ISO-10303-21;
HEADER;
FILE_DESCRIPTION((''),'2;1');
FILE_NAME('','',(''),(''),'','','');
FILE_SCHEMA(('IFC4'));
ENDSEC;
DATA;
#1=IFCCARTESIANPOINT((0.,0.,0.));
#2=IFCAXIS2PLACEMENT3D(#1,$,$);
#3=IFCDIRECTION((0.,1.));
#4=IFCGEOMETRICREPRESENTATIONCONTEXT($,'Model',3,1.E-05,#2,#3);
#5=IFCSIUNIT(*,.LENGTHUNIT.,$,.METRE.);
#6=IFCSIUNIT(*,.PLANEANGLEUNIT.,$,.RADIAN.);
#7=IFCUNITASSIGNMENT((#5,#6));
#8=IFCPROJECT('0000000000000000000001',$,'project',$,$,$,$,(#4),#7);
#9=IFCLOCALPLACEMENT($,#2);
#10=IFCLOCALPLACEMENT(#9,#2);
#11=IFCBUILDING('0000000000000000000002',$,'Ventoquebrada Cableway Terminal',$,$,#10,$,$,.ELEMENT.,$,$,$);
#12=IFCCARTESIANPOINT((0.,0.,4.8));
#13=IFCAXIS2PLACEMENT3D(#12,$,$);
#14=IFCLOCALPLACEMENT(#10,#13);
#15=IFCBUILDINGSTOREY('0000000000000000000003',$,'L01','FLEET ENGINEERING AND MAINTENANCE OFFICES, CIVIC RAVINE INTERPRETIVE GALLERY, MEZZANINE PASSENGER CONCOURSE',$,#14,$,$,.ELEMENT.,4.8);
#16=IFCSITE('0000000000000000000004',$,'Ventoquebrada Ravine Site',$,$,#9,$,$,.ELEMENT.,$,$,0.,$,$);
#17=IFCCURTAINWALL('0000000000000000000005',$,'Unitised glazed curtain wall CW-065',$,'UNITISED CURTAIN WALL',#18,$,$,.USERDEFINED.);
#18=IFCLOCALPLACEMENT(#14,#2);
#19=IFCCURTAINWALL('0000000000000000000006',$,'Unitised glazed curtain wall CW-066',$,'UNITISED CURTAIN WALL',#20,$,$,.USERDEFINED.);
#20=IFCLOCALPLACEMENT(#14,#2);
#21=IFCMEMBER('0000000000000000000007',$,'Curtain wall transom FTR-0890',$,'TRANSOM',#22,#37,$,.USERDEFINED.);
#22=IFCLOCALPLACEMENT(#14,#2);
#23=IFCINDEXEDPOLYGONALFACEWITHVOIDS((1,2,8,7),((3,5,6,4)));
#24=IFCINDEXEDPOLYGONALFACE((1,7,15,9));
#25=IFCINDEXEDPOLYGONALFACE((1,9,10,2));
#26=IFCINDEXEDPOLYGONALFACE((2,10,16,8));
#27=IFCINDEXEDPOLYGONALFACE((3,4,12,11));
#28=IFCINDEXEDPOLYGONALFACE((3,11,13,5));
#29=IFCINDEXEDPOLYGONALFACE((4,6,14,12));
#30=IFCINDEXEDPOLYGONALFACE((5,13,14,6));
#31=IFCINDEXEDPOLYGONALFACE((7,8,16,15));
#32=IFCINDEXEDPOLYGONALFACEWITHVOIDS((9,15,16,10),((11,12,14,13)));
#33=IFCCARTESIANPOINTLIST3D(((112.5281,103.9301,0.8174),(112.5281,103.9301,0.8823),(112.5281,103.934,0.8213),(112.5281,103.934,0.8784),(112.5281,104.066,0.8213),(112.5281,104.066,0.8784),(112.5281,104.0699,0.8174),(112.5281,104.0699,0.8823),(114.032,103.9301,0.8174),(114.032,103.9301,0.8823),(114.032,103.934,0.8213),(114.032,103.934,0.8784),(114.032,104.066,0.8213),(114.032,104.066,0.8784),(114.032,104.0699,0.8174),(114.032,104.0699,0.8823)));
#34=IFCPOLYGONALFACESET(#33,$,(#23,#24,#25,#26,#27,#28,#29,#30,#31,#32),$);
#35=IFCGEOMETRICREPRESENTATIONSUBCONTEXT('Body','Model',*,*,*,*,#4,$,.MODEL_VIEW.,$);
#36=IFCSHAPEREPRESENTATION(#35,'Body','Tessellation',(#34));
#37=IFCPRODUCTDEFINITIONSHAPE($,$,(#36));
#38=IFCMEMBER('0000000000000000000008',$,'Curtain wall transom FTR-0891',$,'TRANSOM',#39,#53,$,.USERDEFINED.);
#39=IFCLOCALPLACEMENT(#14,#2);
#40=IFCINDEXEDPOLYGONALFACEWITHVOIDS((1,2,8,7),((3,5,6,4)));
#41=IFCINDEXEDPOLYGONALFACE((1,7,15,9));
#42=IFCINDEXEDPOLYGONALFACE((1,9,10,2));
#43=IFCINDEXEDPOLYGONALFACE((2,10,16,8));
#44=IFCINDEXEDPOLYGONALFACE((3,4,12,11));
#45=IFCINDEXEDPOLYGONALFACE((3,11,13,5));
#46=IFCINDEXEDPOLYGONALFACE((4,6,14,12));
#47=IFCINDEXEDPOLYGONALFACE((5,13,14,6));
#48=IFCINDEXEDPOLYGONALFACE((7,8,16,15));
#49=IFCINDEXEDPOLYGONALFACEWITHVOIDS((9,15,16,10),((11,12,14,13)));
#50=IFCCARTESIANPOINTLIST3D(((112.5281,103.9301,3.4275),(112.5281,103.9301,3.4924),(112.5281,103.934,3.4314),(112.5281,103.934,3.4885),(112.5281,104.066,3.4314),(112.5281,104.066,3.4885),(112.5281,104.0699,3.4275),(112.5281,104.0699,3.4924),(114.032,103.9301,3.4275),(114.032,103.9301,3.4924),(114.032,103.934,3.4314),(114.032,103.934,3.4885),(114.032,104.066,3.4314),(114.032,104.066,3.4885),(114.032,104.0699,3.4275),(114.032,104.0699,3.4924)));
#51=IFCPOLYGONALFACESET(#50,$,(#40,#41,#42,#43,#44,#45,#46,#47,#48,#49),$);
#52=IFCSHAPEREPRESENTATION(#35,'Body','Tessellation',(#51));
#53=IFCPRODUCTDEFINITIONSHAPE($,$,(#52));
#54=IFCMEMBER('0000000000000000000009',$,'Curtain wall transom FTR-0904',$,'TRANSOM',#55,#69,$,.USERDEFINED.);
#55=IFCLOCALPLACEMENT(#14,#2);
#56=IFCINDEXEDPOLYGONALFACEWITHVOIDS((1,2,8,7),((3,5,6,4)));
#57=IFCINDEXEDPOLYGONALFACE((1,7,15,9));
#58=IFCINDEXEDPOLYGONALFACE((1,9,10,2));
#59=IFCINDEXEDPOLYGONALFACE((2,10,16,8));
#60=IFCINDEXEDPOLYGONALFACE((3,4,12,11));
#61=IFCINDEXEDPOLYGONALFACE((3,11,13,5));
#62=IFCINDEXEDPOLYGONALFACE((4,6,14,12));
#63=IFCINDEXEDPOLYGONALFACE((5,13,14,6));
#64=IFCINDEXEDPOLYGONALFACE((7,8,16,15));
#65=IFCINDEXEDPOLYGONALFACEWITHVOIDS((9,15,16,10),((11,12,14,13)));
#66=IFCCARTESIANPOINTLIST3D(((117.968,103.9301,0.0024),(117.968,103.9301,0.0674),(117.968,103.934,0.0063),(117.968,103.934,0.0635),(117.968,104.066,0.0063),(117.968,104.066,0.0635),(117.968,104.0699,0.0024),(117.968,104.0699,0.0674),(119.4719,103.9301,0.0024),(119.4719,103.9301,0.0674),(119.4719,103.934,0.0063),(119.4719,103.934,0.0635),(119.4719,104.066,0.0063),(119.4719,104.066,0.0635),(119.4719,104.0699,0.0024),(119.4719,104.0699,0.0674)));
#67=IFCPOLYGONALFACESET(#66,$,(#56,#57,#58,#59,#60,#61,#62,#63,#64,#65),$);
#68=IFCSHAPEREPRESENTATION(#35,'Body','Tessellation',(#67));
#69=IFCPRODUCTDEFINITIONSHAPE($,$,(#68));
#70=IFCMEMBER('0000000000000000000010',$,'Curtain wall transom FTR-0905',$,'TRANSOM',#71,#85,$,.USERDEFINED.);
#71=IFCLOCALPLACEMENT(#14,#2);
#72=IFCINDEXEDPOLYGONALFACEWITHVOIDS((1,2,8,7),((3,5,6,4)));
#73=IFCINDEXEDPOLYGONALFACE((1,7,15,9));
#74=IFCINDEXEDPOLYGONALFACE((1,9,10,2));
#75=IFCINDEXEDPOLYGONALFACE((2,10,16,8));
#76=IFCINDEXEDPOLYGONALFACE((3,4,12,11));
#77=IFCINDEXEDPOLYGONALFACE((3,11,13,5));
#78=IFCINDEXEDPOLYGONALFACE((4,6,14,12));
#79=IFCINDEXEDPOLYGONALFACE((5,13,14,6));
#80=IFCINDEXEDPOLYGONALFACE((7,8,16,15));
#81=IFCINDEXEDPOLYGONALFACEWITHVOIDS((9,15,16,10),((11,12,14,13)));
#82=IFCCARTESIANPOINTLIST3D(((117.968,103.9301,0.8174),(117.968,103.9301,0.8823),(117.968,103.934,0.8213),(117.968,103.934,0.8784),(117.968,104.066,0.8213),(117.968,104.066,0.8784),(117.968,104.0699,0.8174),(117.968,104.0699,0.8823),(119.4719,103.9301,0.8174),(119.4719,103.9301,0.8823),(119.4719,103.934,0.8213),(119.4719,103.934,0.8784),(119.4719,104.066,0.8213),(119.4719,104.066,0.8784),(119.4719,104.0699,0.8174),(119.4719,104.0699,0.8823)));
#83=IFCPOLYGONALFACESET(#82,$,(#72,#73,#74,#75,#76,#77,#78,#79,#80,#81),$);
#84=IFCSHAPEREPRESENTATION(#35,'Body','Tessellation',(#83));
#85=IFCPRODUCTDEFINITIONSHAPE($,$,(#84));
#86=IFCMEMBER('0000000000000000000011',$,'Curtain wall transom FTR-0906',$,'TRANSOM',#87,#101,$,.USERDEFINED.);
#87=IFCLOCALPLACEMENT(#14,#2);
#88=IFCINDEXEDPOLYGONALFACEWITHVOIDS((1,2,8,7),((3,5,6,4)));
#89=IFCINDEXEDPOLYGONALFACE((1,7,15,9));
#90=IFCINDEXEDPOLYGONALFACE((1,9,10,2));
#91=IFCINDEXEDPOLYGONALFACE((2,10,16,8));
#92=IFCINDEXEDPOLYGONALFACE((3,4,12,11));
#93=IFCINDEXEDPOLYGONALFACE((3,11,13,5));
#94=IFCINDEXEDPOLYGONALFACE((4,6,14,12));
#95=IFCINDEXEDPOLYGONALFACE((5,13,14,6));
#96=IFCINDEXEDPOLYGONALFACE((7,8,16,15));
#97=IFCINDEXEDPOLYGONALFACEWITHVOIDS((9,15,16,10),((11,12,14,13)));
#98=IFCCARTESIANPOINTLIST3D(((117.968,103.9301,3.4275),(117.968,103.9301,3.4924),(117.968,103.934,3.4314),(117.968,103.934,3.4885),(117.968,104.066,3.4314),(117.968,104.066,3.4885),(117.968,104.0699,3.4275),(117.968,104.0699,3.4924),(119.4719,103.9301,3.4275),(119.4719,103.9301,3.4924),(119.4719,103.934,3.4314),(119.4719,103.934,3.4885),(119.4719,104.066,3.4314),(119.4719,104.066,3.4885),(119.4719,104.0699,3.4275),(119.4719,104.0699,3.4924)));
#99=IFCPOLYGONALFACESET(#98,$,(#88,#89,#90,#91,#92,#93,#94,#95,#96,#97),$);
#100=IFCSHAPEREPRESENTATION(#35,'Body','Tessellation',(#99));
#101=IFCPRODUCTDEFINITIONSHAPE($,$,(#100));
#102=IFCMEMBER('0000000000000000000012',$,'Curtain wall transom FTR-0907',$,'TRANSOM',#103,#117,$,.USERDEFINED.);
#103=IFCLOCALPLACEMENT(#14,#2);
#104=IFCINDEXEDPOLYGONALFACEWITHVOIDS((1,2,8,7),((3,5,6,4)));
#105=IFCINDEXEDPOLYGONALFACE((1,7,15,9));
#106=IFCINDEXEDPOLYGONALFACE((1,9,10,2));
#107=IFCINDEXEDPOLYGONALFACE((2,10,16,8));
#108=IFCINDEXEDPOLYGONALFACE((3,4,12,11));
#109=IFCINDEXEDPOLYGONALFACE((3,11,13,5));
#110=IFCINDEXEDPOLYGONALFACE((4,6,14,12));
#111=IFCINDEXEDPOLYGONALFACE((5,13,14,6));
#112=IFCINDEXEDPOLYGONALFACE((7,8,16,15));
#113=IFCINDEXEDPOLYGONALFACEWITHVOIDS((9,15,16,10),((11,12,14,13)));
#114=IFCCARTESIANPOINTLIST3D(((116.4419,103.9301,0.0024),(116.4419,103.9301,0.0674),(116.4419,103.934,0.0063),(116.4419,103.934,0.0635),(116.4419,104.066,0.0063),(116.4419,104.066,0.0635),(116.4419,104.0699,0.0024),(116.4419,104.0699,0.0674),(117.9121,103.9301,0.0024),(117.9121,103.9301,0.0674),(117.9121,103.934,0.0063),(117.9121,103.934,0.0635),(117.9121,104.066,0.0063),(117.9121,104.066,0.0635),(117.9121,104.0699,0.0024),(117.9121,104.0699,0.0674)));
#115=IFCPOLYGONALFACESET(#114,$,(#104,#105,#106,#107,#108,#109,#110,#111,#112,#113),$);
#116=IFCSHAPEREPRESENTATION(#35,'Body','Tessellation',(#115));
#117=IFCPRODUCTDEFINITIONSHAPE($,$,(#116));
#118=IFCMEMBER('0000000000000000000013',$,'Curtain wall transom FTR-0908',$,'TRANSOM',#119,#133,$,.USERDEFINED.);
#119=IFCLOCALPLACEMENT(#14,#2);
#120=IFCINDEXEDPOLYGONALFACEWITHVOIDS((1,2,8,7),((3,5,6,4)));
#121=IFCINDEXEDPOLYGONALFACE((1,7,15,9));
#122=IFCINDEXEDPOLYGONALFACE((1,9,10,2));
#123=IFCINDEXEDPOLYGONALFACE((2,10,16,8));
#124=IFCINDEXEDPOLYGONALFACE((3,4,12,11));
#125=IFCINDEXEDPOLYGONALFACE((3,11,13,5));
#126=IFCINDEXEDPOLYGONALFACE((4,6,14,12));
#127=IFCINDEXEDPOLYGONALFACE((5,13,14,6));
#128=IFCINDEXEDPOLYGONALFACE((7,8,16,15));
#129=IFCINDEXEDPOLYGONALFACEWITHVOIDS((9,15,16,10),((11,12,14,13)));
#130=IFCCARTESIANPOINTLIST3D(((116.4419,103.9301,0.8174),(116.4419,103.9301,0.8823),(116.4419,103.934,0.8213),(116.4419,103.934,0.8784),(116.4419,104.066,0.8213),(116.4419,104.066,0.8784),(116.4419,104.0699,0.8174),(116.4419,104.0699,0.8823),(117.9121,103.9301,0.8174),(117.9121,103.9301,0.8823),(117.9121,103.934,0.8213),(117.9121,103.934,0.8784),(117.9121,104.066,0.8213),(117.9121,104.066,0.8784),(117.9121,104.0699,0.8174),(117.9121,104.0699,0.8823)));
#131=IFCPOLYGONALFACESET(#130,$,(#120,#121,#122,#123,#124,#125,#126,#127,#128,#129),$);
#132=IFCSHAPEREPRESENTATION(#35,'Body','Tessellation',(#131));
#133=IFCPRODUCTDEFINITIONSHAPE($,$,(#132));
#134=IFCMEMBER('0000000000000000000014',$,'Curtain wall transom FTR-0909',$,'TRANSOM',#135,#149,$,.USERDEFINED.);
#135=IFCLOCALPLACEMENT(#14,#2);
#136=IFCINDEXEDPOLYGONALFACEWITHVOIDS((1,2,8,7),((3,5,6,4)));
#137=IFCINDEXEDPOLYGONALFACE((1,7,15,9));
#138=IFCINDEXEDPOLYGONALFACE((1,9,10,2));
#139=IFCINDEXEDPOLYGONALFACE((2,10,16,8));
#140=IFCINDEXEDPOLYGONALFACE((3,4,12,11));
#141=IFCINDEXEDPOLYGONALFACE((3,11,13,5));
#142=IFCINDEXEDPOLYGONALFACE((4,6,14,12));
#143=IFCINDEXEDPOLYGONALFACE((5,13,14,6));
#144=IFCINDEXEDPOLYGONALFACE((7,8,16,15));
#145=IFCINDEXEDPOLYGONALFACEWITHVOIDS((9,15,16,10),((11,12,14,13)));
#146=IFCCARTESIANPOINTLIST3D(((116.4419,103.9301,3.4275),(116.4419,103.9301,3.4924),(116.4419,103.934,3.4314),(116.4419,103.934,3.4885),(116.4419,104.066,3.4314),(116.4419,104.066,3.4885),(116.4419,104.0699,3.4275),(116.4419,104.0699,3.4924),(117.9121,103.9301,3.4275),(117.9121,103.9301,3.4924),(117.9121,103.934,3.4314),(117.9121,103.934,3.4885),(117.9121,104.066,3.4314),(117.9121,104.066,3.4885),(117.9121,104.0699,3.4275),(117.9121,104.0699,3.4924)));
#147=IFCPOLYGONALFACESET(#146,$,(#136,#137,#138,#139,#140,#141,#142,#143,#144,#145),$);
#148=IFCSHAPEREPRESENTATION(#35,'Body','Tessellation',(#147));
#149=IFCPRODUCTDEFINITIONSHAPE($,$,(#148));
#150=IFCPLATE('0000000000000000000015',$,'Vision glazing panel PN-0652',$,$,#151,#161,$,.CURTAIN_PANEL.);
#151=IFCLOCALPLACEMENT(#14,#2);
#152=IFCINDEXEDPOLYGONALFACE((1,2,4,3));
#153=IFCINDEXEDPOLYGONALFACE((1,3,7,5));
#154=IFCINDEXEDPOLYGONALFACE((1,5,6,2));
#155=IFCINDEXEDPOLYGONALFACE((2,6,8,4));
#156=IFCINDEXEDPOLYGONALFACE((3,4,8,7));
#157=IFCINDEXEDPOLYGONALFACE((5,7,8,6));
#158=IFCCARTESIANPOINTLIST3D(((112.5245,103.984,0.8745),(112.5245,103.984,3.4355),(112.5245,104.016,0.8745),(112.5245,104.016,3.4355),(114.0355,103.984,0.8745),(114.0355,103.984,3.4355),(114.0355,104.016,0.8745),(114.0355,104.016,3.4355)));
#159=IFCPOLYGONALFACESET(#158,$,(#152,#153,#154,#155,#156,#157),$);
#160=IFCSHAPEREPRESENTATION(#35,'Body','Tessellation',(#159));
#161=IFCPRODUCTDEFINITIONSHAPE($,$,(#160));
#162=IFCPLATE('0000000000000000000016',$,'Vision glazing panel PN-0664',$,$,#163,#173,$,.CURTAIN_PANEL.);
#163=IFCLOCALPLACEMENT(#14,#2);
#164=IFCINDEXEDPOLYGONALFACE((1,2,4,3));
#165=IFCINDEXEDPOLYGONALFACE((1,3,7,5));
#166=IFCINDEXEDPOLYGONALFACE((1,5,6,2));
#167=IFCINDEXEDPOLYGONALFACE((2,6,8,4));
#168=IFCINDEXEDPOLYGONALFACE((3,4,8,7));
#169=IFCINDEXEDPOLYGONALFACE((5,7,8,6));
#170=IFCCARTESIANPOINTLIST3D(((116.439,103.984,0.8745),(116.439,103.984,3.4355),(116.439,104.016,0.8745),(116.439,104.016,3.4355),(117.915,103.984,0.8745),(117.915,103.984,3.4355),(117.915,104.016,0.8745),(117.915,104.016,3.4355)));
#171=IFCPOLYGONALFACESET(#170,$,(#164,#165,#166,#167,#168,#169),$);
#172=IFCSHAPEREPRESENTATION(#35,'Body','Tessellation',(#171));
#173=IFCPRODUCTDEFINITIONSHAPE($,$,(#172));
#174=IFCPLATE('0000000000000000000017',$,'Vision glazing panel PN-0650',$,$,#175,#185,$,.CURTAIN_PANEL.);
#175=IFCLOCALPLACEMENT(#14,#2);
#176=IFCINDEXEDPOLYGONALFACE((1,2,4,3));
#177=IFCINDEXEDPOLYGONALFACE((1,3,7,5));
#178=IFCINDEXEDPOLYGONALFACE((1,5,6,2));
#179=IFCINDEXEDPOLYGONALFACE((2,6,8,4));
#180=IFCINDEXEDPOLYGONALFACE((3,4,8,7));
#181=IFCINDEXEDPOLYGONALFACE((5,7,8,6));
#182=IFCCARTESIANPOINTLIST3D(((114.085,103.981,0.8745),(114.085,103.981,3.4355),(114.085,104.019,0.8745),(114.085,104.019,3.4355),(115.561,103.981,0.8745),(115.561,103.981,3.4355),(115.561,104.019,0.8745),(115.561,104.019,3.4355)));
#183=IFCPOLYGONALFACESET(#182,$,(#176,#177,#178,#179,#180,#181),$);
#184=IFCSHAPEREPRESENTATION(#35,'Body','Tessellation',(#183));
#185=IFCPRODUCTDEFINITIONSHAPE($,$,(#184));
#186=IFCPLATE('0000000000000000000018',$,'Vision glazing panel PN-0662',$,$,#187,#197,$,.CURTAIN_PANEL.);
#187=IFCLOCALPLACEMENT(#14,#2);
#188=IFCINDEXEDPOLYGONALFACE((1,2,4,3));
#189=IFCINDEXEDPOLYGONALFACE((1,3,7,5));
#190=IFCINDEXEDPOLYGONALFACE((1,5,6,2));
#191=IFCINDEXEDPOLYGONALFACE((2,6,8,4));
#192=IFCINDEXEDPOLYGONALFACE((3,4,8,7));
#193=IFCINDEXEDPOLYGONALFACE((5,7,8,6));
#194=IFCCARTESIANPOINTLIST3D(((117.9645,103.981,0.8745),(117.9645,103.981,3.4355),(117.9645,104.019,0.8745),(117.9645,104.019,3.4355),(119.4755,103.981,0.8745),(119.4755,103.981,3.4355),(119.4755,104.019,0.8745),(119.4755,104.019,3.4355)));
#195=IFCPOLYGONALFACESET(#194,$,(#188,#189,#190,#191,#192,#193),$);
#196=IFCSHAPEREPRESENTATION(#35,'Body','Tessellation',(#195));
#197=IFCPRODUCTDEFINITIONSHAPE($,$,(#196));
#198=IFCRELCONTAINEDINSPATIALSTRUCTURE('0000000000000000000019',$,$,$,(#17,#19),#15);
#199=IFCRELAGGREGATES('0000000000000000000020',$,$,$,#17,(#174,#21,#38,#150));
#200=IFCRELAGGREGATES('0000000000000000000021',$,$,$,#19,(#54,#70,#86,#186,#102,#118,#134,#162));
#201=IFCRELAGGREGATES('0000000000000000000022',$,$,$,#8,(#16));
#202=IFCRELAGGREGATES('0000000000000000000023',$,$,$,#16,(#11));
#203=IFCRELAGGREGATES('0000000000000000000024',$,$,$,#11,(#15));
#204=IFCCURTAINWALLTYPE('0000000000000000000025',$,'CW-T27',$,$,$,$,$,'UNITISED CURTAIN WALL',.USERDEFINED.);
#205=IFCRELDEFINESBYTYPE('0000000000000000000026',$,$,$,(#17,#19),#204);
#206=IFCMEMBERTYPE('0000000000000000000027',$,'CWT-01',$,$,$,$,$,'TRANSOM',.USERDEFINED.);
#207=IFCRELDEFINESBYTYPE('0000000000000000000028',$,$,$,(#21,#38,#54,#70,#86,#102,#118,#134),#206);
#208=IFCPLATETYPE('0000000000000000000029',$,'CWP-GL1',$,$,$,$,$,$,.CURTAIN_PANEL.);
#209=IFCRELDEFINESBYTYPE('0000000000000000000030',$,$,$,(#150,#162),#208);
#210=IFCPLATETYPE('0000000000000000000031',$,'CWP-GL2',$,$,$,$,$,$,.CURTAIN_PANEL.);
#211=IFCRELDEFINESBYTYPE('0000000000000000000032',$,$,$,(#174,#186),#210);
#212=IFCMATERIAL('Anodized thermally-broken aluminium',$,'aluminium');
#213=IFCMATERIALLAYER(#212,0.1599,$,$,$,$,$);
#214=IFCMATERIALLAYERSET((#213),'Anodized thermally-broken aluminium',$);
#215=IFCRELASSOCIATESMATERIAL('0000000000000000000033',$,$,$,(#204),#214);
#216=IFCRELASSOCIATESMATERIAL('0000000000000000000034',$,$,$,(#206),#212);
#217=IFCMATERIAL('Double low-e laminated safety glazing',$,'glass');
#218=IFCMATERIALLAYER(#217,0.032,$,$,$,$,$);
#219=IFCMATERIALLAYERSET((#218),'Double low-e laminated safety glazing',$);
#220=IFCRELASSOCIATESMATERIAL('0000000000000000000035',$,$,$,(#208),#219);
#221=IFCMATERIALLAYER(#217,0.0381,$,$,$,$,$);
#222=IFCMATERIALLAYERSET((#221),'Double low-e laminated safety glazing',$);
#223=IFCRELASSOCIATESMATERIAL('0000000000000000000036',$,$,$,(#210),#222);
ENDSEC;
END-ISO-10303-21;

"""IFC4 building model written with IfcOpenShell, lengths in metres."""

from ifc_helpers import new_model, si_unit, direction, frame, origin, origin_2d, place, context, subcontext, project, spatial, rectangle, hollow_rectangle, extrude, material, layer, layer_set, material_profile, profile_set, type_object, element, aggregate, save


model = new_model("IFC4")

# Units and contexts
model_context = context("Model", 3, precision=1e-05, world=origin(), true_north=direction((0.0, 1.0)))
body_context = subcontext(model_context, "Body", "Model", "MODEL_VIEW")
ifc_project = project(units=[si_unit("LENGTHUNIT", "METRE"), si_unit("PLANEANGLEUNIT", "RADIAN")], contexts=[model_context])

# Site, building, storey
site_placement = place(None, origin())
site = spatial("IfcSite", under=ifc_project, at=site_placement, Name="Ventoquebrada Ravine Site", CompositionType="ELEMENT", RefElevation=0.0)
building_placement = place(site_placement, origin())
building = spatial("IfcBuilding", under=site, at=building_placement, Name="Ventoquebrada Cableway Terminal", CompositionType="ELEMENT")
storey_placement = place(building_placement, frame((0.0, 0.0, 4.8)))
storey = spatial("IfcBuildingStorey", under=building, at=storey_placement, Name="L01", Description="FLEET ENGINEERING AND MAINTENANCE OFFICES, CIVIC RAVINE INTERPRETIVE GALLERY, MEZZANINE PASSENGER CONCOURSE", CompositionType="ELEMENT", Elevation=4.8)

# Curtain walls
ifc_material_1 = material(Name="Anodized thermally-broken aluminium", Category="aluminium")
ifc_layer_1 = layer(ifc_material_1, 0.1599)
ifc_layer_set_1 = layer_set([ifc_layer_1], Name="Anodized thermally-broken aluminium")
curtain_wall_type = type_object("IfcCurtainWallType", Name="CW-T27", ElementType="UNITISED CURTAIN WALL", PredefinedType="USERDEFINED", material=ifc_layer_set_1)
curtain_wall_1_placement = place(storey_placement, origin())
curtain_wall_1 = element("IfcCurtainWall", 1, at=curtain_wall_1_placement, inside=storey, type_object=curtain_wall_type, Name="Unitised glazed curtain wall CW-065", ObjectType="UNITISED CURTAIN WALL", PredefinedType="USERDEFINED")
curtain_wall_2_placement = place(storey_placement, origin())
curtain_wall_2 = element("IfcCurtainWall", 2, at=curtain_wall_2_placement, inside=storey, type_object=curtain_wall_type, Name="Unitised glazed curtain wall CW-066", ObjectType="UNITISED CURTAIN WALL", PredefinedType="USERDEFINED")

# Members
ifc_material_profile_1 = material_profile(ifc_material_1, hollow_rectangle(XDim=0.0649, YDim=0.1399, WallThickness=0.0039, at=origin_2d()), Name="CW-TRN-65X140")
ifc_profile_set_1 = profile_set([ifc_material_profile_1], Name="Anodized thermally-broken aluminium")
member_type_1 = type_object("IfcMemberType", Name="CWT-01", ElementType="TRANSOM", PredefinedType="USERDEFINED", material=ifc_profile_set_1)
member_1_placement = place(storey_placement, frame((114.032, 104.0, 0.8499), z_axis=(-1.0, 0.0, 0.0), x_axis=(0.0, 0.0, 1.0)))
member_1 = element("IfcMember", 3, at=member_1_placement, type_object=member_type_1, Name="Curtain wall transom FTR-0890", ObjectType="TRANSOM", PredefinedType="USERDEFINED", context=body_context, shape_type="SweptSolid", body=[
    extrude(hollow_rectangle(XDim=0.0649, YDim=0.1399, WallThickness=0.0039, at=origin_2d()), origin(), (0.0, 0.0, 1.0), 1.5039),
])
member_2_placement = place(storey_placement, frame((114.032, 104.0, 3.46), z_axis=(-1.0, 0.0, 0.0), x_axis=(0.0, 0.0, 1.0)))
member_2 = element("IfcMember", 4, at=member_2_placement, type_object=member_type_1, Name="Curtain wall transom FTR-0891", ObjectType="TRANSOM", PredefinedType="USERDEFINED", context=body_context, shape_type="SweptSolid", body=[
    extrude(hollow_rectangle(XDim=0.0649, YDim=0.1399, WallThickness=0.0039, at=origin_2d()), origin(), (0.0, 0.0, 1.0), 1.5039),
])
member_3_placement = place(storey_placement, frame((119.4719, 104.0, 0.0349), z_axis=(-1.0, 0.0, 0.0), x_axis=(0.0, 0.0, 1.0)))
member_3 = element("IfcMember", 5, at=member_3_placement, type_object=member_type_1, Name="Curtain wall transom FTR-0904", ObjectType="TRANSOM", PredefinedType="USERDEFINED", context=body_context, shape_type="SweptSolid", body=[
    extrude(hollow_rectangle(XDim=0.0649, YDim=0.1399, WallThickness=0.0039, at=origin_2d()), origin(), (0.0, 0.0, 1.0), 1.5039),
])
member_4_placement = place(storey_placement, frame((119.4719, 104.0, 0.8499), z_axis=(-1.0, 0.0, 0.0), x_axis=(0.0, 0.0, 1.0)))
member_4 = element("IfcMember", 6, at=member_4_placement, type_object=member_type_1, Name="Curtain wall transom FTR-0905", ObjectType="TRANSOM", PredefinedType="USERDEFINED", context=body_context, shape_type="SweptSolid", body=[
    extrude(hollow_rectangle(XDim=0.0649, YDim=0.1399, WallThickness=0.0039, at=origin_2d()), origin(), (0.0, 0.0, 1.0), 1.5039),
])
member_5_placement = place(storey_placement, frame((119.4719, 104.0, 3.46), z_axis=(-1.0, 0.0, 0.0), x_axis=(0.0, 0.0, 1.0)))
member_5 = element("IfcMember", 7, at=member_5_placement, type_object=member_type_1, Name="Curtain wall transom FTR-0906", ObjectType="TRANSOM", PredefinedType="USERDEFINED", context=body_context, shape_type="SweptSolid", body=[
    extrude(hollow_rectangle(XDim=0.0649, YDim=0.1399, WallThickness=0.0039, at=origin_2d()), origin(), (0.0, 0.0, 1.0), 1.5039),
])
member_6_placement = place(storey_placement, frame((117.9121, 104.0, 0.0349), z_axis=(-1.0, 0.0, 0.0), x_axis=(0.0, 0.0, 1.0)))
member_6 = element("IfcMember", 8, at=member_6_placement, type_object=member_type_1, Name="Curtain wall transom FTR-0907", ObjectType="TRANSOM", PredefinedType="USERDEFINED", context=body_context, shape_type="SweptSolid", body=[
    extrude(hollow_rectangle(XDim=0.0649, YDim=0.1399, WallThickness=0.0039, at=origin_2d()), origin(), (0.0, 0.0, 1.0), 1.4702),
])
member_7_placement = place(storey_placement, frame((117.9121, 104.0, 0.8499), z_axis=(-1.0, 0.0, 0.0), x_axis=(0.0, 0.0, 1.0)))
member_7 = element("IfcMember", 9, at=member_7_placement, type_object=member_type_1, Name="Curtain wall transom FTR-0908", ObjectType="TRANSOM", PredefinedType="USERDEFINED", context=body_context, shape_type="SweptSolid", body=[
    extrude(hollow_rectangle(XDim=0.0649, YDim=0.1399, WallThickness=0.0039, at=origin_2d()), origin(), (0.0, 0.0, 1.0), 1.4702),
])
member_8_placement = place(storey_placement, frame((117.9121, 104.0, 3.46), z_axis=(-1.0, 0.0, 0.0), x_axis=(0.0, 0.0, 1.0)))
member_8 = element("IfcMember", 10, at=member_8_placement, type_object=member_type_1, Name="Curtain wall transom FTR-0909", ObjectType="TRANSOM", PredefinedType="USERDEFINED", context=body_context, shape_type="SweptSolid", body=[
    extrude(hollow_rectangle(XDim=0.0649, YDim=0.1399, WallThickness=0.0039, at=origin_2d()), origin(), (0.0, 0.0, 1.0), 1.4702),
])

# Plates
ifc_material_2 = material(Name="Double low-e laminated safety glazing", Category="glass")
ifc_layer_2 = layer(ifc_material_2, 0.032)
ifc_layer_set_2 = layer_set([ifc_layer_2], Name="Double low-e laminated safety glazing")
plate_type_1 = type_object("IfcPlateType", Name="CWP-GL1", PredefinedType="CURTAIN_PANEL", material=ifc_layer_set_2)
plate_1_placement = place(storey_placement, frame((113.28, 104.0, 0.8745), z_axis=(0.0, 0.0, 1.0), x_axis=(-1.0, 0.0, 0.0)))
plate_1 = element("IfcPlate", 11, at=plate_1_placement, type_object=plate_type_1, Name="Vision glazing panel PN-0652", PredefinedType="CURTAIN_PANEL", context=body_context, shape_type="SweptSolid", body=[
    extrude(rectangle(XDim=1.511, YDim=0.032, at=origin_2d()), origin(), (0.0, 0.0, 1.0), 2.561),
])
plate_2_placement = place(storey_placement, frame((117.177, 104.0, 0.8745), z_axis=(0.0, 0.0, 1.0), x_axis=(-1.0, 0.0, 0.0)))
plate_2 = element("IfcPlate", 12, at=plate_2_placement, type_object=plate_type_1, Name="Vision glazing panel PN-0664", PredefinedType="CURTAIN_PANEL", context=body_context, shape_type="SweptSolid", body=[
    extrude(rectangle(XDim=1.4761, YDim=0.032, at=origin_2d()), origin(), (0.0, 0.0, 1.0), 2.561),
])
ifc_layer_3 = layer(ifc_material_2, 0.0381)
ifc_layer_set_3 = layer_set([ifc_layer_3], Name="Double low-e laminated safety glazing")
plate_type_2 = type_object("IfcPlateType", Name="CWP-GL2", PredefinedType="CURTAIN_PANEL", material=ifc_layer_set_3)
plate_3_placement = place(storey_placement, frame((114.823, 104.0, 0.8745), z_axis=(0.0, 0.0, 1.0), x_axis=(-1.0, 0.0, 0.0)))
plate_3 = element("IfcPlate", 13, at=plate_3_placement, type_object=plate_type_2, Name="Vision glazing panel PN-0650", PredefinedType="CURTAIN_PANEL", context=body_context, shape_type="SweptSolid", body=[
    extrude(rectangle(XDim=1.4761, YDim=0.0381, at=origin_2d()), origin(), (0.0, 0.0, 1.0), 2.561),
])
plate_4_placement = place(storey_placement, frame((118.72, 104.0, 0.8745), z_axis=(0.0, 0.0, 1.0), x_axis=(-1.0, 0.0, 0.0)))
plate_4 = element("IfcPlate", 14, at=plate_4_placement, type_object=plate_type_2, Name="Vision glazing panel PN-0662", PredefinedType="CURTAIN_PANEL", context=body_context, shape_type="SweptSolid", body=[
    extrude(rectangle(XDim=1.511, YDim=0.0381, at=origin_2d()), origin(), (0.0, 0.0, 1.0), 2.561),
])
aggregate(curtain_wall_1, [plate_3, member_1, member_2, plate_1])
aggregate(curtain_wall_2, [member_3, member_4, member_5, plate_4, member_6, member_7, member_8, plate_2])

save(model, "model.ifc")
